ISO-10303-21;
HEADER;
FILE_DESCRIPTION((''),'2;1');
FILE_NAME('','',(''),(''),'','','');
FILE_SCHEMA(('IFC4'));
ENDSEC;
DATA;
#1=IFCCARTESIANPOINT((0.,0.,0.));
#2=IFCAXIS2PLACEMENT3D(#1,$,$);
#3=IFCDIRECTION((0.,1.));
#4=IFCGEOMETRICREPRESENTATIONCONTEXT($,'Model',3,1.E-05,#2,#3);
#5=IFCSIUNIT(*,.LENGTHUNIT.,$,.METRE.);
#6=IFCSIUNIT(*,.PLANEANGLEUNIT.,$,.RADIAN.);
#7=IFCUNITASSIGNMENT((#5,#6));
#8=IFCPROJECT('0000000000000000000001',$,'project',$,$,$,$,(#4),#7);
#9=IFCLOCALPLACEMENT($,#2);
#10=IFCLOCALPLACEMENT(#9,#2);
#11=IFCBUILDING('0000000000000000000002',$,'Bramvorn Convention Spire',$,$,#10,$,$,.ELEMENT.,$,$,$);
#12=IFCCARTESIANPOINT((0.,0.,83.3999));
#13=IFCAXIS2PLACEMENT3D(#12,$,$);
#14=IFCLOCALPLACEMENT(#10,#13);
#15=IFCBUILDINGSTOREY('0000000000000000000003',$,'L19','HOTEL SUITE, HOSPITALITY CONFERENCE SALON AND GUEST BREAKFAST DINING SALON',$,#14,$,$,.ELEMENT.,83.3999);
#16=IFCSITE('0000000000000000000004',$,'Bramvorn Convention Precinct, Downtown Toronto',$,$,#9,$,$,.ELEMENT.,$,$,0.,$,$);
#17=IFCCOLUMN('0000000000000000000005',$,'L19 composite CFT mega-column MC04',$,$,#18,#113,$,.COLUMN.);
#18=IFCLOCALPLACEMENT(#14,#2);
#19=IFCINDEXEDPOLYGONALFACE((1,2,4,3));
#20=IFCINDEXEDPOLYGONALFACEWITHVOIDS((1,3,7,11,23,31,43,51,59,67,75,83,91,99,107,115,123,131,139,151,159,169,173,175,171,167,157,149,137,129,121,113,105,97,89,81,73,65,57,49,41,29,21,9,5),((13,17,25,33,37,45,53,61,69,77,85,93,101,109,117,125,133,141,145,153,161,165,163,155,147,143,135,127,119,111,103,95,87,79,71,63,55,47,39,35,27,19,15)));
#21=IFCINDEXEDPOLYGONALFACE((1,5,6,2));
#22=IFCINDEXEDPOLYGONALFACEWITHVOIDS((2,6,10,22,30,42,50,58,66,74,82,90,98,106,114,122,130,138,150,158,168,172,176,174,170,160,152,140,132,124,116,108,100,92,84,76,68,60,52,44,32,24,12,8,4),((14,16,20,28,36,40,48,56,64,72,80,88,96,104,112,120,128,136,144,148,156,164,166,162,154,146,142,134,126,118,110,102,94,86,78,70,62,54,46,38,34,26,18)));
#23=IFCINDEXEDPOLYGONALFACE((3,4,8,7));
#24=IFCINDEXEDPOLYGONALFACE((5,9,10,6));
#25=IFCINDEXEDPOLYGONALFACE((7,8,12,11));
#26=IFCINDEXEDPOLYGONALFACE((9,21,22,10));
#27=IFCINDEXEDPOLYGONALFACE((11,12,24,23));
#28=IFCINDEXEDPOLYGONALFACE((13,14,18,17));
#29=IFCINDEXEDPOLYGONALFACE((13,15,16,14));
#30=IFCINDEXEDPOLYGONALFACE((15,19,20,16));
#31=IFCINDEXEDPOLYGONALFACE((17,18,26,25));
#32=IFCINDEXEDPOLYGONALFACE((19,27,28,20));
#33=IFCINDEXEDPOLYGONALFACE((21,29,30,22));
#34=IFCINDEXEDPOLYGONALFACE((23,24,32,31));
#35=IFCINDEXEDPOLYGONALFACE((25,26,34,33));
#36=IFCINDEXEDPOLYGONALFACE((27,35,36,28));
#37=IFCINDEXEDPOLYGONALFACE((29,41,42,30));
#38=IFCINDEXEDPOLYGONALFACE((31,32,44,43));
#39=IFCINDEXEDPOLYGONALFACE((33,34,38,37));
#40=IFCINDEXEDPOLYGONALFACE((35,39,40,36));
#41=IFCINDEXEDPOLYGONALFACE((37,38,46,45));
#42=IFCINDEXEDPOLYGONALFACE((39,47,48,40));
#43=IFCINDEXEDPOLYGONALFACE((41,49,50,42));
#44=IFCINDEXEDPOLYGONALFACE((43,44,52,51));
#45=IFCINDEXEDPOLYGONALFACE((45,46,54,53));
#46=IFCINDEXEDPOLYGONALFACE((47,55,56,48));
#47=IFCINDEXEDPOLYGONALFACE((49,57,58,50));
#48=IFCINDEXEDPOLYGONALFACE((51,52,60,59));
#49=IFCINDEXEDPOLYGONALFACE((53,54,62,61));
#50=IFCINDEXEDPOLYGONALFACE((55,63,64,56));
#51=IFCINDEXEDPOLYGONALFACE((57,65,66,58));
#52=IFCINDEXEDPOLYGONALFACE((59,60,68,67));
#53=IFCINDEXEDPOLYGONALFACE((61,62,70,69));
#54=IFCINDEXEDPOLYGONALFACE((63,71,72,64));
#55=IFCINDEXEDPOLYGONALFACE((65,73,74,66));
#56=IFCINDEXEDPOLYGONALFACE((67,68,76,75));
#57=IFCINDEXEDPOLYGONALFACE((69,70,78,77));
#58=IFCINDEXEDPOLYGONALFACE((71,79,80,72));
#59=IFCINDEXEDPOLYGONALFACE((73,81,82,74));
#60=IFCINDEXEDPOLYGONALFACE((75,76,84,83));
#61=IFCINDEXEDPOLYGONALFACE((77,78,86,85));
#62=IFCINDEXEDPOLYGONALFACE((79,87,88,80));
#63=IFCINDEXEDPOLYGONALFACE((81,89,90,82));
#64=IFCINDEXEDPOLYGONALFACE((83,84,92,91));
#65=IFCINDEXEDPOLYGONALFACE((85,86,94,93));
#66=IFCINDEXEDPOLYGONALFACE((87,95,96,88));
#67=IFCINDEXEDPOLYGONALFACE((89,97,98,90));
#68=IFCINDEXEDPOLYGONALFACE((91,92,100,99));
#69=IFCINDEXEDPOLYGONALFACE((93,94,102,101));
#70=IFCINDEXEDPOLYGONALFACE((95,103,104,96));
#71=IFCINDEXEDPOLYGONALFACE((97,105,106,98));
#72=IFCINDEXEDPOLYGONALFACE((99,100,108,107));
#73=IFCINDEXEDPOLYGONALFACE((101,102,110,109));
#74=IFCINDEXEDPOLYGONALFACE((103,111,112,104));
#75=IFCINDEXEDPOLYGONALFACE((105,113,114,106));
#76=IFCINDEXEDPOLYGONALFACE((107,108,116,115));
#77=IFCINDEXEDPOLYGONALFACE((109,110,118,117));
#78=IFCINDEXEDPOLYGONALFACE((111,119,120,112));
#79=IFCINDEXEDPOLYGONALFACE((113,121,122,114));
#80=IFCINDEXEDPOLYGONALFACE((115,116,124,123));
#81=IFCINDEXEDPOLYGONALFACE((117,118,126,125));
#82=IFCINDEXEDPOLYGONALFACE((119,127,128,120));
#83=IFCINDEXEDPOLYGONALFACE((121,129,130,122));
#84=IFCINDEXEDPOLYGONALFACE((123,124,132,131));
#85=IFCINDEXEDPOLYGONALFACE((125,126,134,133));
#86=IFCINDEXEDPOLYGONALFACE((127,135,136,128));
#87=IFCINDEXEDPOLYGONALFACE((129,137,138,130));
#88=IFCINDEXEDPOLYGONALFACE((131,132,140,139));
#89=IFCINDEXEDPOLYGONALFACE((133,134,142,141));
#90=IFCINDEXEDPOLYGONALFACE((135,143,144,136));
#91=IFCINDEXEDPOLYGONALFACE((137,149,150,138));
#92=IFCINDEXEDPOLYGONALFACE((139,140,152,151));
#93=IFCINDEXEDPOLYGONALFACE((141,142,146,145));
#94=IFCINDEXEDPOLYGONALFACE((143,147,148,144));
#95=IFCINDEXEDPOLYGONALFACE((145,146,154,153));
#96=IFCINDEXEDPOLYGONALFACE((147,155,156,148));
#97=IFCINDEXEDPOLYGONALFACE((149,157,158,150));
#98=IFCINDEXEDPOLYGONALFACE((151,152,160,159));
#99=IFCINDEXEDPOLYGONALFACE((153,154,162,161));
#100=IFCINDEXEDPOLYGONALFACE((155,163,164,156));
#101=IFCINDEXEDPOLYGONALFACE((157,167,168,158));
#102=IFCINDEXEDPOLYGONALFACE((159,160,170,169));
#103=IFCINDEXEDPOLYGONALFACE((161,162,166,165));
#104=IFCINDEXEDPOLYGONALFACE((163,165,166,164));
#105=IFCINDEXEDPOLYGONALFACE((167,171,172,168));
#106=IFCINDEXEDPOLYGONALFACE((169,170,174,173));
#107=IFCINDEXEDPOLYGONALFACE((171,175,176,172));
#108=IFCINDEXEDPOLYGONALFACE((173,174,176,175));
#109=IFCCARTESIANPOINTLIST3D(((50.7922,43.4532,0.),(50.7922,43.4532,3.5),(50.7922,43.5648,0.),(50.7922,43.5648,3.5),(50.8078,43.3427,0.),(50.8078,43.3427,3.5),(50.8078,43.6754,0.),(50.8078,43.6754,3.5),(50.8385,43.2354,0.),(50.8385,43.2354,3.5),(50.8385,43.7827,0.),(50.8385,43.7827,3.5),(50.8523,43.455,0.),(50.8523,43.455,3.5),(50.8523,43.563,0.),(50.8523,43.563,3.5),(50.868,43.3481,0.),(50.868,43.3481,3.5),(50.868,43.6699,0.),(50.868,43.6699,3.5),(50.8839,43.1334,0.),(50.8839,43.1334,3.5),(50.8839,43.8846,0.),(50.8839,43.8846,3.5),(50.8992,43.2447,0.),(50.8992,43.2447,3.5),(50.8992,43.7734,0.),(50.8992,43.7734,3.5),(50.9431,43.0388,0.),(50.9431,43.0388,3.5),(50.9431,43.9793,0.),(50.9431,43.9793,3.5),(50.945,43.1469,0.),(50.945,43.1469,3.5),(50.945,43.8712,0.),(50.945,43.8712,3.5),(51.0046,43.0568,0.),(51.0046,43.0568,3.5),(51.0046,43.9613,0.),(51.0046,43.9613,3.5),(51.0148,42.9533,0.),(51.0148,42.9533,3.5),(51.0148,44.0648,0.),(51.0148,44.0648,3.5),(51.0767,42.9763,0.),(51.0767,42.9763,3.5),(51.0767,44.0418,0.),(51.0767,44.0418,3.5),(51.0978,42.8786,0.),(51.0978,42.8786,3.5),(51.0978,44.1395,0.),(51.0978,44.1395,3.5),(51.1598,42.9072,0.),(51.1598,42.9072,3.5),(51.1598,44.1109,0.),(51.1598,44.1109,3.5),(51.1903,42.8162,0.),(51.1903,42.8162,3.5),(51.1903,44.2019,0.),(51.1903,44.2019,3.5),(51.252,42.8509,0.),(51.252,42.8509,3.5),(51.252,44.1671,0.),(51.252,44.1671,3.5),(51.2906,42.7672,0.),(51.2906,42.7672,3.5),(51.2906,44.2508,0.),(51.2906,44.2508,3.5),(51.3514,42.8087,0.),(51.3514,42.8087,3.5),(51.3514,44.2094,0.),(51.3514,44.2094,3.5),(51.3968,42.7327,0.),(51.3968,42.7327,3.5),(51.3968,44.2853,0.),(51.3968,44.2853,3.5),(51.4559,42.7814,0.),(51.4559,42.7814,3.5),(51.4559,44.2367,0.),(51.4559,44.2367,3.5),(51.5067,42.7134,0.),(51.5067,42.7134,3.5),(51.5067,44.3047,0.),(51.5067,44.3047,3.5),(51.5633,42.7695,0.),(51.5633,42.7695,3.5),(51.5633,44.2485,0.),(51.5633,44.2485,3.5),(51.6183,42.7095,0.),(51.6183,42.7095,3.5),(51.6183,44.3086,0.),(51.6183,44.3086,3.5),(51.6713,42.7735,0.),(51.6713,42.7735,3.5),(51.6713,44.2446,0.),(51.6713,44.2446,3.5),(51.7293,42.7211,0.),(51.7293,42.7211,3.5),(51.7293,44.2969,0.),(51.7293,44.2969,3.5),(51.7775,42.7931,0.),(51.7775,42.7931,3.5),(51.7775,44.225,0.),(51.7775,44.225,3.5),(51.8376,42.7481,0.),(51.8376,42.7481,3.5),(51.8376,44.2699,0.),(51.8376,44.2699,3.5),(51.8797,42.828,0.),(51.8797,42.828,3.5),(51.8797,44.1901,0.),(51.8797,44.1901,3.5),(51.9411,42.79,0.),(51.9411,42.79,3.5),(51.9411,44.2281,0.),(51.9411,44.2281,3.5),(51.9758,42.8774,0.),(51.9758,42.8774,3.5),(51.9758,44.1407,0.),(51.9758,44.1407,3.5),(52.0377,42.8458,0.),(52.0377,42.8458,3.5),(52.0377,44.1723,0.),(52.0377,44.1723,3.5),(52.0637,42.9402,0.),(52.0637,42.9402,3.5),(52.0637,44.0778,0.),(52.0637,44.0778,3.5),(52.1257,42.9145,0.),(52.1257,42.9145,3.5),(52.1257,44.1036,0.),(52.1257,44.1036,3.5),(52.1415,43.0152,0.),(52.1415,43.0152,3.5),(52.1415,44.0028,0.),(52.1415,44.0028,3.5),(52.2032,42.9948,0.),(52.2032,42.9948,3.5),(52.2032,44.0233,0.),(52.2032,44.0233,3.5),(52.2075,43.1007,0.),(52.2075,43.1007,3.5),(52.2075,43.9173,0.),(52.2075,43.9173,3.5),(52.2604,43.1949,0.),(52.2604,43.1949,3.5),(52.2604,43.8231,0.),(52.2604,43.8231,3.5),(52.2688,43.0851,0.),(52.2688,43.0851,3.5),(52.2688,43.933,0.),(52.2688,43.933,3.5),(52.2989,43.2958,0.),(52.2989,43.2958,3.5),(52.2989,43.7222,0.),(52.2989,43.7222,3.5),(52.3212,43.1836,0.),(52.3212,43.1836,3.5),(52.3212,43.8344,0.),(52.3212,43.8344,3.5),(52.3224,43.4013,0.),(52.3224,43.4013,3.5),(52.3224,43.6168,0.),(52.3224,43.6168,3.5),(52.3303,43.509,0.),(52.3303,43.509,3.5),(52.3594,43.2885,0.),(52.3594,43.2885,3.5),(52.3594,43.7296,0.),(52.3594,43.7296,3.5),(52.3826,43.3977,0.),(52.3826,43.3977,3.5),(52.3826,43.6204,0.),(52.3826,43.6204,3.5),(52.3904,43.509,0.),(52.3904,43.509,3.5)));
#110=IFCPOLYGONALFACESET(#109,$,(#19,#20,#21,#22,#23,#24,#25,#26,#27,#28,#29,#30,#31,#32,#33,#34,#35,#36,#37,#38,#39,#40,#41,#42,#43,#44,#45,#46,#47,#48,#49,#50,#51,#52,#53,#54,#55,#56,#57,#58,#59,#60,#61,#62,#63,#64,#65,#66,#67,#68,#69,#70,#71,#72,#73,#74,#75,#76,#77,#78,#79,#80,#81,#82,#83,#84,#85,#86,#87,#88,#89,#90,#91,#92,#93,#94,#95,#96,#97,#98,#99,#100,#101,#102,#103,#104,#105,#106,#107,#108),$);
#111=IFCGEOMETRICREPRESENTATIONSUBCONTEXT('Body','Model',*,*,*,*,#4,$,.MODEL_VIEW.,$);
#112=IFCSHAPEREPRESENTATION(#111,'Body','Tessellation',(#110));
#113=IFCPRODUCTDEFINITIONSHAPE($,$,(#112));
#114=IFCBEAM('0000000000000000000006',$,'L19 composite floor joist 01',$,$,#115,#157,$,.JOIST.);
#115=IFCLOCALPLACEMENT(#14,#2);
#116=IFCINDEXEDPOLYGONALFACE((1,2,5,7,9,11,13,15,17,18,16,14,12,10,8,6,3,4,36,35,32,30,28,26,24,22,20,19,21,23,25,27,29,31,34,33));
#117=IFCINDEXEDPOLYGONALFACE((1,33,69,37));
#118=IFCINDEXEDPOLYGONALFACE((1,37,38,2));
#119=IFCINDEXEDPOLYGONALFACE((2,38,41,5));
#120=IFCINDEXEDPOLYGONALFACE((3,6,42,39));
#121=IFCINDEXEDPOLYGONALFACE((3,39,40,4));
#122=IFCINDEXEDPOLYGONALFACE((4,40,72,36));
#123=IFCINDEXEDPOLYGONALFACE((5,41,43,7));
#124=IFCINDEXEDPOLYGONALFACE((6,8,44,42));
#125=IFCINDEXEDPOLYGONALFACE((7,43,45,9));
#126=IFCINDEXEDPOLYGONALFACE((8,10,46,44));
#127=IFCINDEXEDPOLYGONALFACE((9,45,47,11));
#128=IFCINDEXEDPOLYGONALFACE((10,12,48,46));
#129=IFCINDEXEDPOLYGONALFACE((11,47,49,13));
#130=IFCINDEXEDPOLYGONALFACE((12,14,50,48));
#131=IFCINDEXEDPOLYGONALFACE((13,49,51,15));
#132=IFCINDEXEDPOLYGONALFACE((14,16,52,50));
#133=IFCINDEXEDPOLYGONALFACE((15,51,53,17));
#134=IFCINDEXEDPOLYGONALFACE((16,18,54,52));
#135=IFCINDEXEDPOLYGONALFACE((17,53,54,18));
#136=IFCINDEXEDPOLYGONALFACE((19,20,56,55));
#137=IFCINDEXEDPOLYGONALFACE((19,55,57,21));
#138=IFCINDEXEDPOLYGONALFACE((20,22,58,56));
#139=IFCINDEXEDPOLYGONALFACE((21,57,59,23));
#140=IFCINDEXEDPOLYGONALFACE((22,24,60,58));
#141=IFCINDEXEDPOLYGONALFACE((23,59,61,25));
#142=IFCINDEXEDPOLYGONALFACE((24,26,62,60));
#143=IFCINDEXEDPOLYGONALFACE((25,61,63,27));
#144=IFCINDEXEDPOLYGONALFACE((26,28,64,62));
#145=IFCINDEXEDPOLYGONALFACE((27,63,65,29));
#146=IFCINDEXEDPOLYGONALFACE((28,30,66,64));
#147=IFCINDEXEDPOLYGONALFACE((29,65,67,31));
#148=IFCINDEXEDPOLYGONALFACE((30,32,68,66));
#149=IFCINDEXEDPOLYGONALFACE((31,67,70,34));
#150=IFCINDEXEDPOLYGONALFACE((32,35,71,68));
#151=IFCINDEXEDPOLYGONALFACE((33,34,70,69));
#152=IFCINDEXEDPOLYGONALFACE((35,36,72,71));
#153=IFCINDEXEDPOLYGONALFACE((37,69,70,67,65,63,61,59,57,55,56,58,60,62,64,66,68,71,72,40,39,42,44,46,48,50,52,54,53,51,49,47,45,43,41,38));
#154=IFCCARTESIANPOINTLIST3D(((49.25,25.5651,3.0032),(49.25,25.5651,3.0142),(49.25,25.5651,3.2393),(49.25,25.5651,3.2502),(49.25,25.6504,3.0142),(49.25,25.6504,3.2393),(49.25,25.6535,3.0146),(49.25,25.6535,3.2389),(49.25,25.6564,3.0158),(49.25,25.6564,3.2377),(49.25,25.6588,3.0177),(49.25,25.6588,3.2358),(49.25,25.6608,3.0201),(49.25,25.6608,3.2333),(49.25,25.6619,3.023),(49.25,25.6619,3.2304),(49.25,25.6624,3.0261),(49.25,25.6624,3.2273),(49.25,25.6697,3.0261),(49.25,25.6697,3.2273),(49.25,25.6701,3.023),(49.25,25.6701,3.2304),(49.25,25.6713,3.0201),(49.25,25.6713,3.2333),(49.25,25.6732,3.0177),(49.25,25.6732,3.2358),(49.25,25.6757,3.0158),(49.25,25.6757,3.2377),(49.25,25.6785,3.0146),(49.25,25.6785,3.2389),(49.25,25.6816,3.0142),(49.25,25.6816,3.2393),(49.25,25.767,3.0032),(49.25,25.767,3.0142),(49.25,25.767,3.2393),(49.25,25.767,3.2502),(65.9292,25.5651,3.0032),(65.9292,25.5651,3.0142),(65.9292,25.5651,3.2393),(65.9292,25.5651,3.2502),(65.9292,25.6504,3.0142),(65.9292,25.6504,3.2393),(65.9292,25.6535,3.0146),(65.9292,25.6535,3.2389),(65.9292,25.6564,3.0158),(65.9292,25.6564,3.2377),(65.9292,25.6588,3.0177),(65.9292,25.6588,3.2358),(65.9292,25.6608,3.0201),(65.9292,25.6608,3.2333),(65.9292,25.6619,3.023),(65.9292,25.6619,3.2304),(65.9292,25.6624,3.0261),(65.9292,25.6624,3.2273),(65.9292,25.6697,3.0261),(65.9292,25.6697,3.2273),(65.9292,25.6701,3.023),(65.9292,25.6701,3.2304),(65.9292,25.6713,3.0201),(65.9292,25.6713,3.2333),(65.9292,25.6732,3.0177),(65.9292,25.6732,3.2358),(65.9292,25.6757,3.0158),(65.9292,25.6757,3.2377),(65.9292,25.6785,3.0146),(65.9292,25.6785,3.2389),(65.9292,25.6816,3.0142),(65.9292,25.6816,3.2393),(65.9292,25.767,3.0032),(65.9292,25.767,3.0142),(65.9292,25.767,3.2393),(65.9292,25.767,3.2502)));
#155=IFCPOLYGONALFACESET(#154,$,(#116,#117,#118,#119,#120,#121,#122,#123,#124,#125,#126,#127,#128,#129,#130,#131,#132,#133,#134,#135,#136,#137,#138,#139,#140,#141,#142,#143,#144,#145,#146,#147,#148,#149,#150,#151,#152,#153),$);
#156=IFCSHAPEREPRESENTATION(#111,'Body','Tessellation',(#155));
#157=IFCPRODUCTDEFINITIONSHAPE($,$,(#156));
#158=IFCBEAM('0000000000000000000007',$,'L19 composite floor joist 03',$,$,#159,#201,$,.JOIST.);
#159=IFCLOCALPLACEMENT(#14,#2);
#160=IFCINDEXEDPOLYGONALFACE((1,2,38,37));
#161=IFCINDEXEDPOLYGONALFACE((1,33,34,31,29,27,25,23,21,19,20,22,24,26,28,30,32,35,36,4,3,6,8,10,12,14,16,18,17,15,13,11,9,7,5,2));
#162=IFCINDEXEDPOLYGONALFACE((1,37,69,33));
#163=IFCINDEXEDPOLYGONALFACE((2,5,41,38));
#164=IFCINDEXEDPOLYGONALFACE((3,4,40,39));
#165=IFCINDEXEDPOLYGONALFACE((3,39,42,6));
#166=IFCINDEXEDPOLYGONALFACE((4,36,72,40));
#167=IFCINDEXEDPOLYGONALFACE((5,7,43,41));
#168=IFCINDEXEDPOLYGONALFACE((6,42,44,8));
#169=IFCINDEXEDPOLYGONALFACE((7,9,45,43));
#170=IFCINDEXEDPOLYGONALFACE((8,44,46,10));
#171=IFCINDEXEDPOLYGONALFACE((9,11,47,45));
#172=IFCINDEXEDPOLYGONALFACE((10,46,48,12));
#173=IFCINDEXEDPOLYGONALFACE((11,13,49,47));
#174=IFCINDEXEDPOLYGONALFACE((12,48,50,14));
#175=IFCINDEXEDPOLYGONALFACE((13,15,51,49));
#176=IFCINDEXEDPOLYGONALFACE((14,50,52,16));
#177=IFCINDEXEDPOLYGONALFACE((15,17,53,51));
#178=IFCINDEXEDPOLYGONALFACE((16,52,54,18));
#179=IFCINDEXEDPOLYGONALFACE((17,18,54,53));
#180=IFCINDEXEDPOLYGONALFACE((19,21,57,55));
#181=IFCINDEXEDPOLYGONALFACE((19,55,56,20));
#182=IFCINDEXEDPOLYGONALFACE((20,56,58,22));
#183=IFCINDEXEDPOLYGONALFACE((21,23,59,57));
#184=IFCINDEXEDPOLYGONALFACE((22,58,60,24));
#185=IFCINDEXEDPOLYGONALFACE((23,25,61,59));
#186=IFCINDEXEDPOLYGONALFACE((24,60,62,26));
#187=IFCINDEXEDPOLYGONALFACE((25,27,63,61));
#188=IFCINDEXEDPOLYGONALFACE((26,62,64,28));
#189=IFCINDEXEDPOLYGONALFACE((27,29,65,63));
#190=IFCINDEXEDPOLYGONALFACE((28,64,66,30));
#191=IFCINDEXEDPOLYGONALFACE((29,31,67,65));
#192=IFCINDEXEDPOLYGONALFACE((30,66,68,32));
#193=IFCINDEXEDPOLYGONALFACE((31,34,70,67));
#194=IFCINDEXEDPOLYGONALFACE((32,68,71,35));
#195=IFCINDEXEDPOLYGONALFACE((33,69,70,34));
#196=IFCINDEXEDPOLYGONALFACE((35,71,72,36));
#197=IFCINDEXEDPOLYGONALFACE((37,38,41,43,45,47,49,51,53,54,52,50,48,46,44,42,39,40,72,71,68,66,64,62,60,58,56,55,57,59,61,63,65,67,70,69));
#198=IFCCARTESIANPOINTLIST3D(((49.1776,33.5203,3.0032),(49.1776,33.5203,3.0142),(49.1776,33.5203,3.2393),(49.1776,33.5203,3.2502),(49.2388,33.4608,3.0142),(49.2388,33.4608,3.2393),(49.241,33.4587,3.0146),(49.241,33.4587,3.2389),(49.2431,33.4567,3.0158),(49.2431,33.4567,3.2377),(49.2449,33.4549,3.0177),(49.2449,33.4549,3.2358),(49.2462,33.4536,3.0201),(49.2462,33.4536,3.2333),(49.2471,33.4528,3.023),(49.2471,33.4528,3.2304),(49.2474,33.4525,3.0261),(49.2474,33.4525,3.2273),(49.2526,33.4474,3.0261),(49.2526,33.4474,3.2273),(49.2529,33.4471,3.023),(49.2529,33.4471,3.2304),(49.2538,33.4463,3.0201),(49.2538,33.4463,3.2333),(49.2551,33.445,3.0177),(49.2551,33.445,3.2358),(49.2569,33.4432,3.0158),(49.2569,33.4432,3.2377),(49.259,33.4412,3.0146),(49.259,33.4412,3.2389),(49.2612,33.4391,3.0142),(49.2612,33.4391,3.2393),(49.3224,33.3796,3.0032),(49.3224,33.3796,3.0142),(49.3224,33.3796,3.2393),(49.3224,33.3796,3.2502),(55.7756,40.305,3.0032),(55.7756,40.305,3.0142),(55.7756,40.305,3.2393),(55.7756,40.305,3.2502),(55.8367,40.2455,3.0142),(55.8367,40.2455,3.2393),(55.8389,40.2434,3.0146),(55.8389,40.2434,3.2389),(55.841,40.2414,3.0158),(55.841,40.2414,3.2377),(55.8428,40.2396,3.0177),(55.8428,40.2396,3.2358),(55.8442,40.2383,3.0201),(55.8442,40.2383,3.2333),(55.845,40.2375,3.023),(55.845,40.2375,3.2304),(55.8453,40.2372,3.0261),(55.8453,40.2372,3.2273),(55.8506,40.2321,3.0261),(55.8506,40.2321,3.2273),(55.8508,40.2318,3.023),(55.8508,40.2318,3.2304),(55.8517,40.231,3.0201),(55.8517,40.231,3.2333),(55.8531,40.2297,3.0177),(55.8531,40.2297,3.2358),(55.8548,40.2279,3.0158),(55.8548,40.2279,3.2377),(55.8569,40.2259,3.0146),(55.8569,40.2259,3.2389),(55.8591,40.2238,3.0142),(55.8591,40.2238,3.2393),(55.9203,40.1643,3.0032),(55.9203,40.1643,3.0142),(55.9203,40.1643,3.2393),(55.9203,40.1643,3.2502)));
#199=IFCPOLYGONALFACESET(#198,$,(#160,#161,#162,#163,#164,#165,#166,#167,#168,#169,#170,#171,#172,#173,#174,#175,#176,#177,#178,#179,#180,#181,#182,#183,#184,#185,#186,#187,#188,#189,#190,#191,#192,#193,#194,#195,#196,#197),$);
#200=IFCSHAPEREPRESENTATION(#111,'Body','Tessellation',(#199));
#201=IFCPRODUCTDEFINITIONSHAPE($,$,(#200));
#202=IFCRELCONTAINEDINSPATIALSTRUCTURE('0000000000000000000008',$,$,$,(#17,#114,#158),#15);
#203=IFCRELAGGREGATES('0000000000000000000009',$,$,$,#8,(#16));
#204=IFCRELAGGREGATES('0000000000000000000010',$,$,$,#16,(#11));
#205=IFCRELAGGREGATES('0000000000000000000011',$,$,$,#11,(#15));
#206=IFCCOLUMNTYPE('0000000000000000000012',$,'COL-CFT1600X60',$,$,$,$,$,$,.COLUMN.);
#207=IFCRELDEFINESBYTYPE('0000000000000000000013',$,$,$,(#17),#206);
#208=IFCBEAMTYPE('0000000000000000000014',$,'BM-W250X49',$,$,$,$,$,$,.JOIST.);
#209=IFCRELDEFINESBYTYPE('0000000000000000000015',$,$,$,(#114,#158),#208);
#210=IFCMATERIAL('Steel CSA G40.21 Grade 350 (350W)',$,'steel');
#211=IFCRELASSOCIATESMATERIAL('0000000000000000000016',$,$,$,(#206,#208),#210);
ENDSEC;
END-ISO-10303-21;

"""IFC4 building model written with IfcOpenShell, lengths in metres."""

from ifc_helpers import new_model, si_unit, direction, frame, origin, origin_2d, place, context, subcontext, project, spatial, hollow_circle, i_section, extrude, material, material_profile, profile_set, type_object, element, save


model = new_model("IFC4")

# Units and contexts
model_context = context("Model", 3, precision=1e-05, world=origin(), true_north=direction((0.0, 1.0)))
body_context = subcontext(model_context, "Body", "Model", "MODEL_VIEW")
ifc_project = project(units=[si_unit("LENGTHUNIT", "METRE"), si_unit("PLANEANGLEUNIT", "RADIAN")], contexts=[model_context])

# Site, building, storey
site_placement = place(None, origin())
site = spatial("IfcSite", under=ifc_project, at=site_placement, Name="Bramvorn Convention Precinct, Downtown Toronto", CompositionType="ELEMENT", RefElevation=0.0)
building_placement = place(site_placement, origin())
building = spatial("IfcBuilding", under=site, at=building_placement, Name="Bramvorn Convention Spire", CompositionType="ELEMENT")
storey_placement = place(building_placement, frame((0.0, 0.0, 83.3999)))
storey = spatial("IfcBuildingStorey", under=building, at=storey_placement, Name="L19", Description="HOTEL SUITE, HOSPITALITY CONFERENCE SALON AND GUEST BREAKFAST DINING SALON", CompositionType="ELEMENT", Elevation=83.3999)

# Column
ifc_material_1 = material(Name="Steel CSA G40.21 Grade 350 (350W)", Category="steel")
ifc_material_profile_1 = material_profile(ifc_material_1, hollow_circle(Radius=0.8, WallThickness=0.0601, at=origin_2d()))
ifc_profile_set_1 = profile_set([ifc_material_profile_1], Name="Steel CSA G40.21 Grade 350 (350W) - CFT1600X60")
column_type = type_object("IfcColumnType", Name="COL-CFT1600X60", PredefinedType="COLUMN", material=ifc_profile_set_1)
for number, where, z_axis, x_axis, name in (
    (1, (51.5903, 43.509, 0.0), (0.0, 0.0, 1.0), (1.0, 0.0, 0.0), "L19 composite CFT mega-column MC04"),
):
    element("IfcColumn", number, at=place(storey_placement, frame(where, z_axis=z_axis, x_axis=x_axis)), inside=storey, type_object=column_type, Name=name, PredefinedType="COLUMN", context=body_context, shape_type="SweptSolid", body=[
        extrude(hollow_circle(Radius=0.8, WallThickness=0.0601, at=origin_2d()), origin(), (0.0, 0.0, 1.0), 3.5),
    ])

# Beams
ifc_material_profile_2 = material_profile(ifc_material_1, i_section(OverallWidth=0.2019, OverallDepth=0.2471, WebThickness=0.0073, FlangeThickness=0.011, FilletRadius=0.012, at=origin_2d()))
ifc_profile_set_2 = profile_set([ifc_material_profile_2], Name="Steel CSA G40.21 Grade 350 (350W) - W250X49")
beam_type_1 = type_object("IfcBeamType", Name="BM-W250X49", PredefinedType="JOIST", material=ifc_profile_set_2)
beam_1_placement = place(storey_placement, frame((49.25, 25.666, 3.1267), z_axis=(1.0, 0.0, 0.0), x_axis=(0.0, 1.0, 0.0)))
element("IfcBeam", 2, at=beam_1_placement, inside=storey, type_object=beam_type_1, Name="L19 composite floor joist 01", PredefinedType="JOIST", context=body_context, shape_type="SweptSolid", body=[
    extrude(i_section(OverallWidth=0.2019, OverallDepth=0.2471, WebThickness=0.0073, FlangeThickness=0.011, FilletRadius=0.012, at=origin_2d()), origin(), (0.0, 0.0, 1.0), 16.6792),
])
beam_2_placement = place(storey_placement, frame((49.25, 33.45, 3.1267), z_axis=(0.69717, 0.716905, 0.0), x_axis=(-0.716905, 0.69717, 0.0)))
element("IfcBeam", 3, at=beam_2_placement, inside=storey, type_object=beam_type_1, Name="L19 composite floor joist 03", PredefinedType="JOIST", context=body_context, shape_type="SweptSolid", body=[
    extrude(i_section(OverallWidth=0.2019, OverallDepth=0.2471, WebThickness=0.0073, FlangeThickness=0.011, FilletRadius=0.012, at=origin_2d()), origin(), (0.0, 0.0, 1.0), 9.4639),
])

save(model, "model.ifc")
